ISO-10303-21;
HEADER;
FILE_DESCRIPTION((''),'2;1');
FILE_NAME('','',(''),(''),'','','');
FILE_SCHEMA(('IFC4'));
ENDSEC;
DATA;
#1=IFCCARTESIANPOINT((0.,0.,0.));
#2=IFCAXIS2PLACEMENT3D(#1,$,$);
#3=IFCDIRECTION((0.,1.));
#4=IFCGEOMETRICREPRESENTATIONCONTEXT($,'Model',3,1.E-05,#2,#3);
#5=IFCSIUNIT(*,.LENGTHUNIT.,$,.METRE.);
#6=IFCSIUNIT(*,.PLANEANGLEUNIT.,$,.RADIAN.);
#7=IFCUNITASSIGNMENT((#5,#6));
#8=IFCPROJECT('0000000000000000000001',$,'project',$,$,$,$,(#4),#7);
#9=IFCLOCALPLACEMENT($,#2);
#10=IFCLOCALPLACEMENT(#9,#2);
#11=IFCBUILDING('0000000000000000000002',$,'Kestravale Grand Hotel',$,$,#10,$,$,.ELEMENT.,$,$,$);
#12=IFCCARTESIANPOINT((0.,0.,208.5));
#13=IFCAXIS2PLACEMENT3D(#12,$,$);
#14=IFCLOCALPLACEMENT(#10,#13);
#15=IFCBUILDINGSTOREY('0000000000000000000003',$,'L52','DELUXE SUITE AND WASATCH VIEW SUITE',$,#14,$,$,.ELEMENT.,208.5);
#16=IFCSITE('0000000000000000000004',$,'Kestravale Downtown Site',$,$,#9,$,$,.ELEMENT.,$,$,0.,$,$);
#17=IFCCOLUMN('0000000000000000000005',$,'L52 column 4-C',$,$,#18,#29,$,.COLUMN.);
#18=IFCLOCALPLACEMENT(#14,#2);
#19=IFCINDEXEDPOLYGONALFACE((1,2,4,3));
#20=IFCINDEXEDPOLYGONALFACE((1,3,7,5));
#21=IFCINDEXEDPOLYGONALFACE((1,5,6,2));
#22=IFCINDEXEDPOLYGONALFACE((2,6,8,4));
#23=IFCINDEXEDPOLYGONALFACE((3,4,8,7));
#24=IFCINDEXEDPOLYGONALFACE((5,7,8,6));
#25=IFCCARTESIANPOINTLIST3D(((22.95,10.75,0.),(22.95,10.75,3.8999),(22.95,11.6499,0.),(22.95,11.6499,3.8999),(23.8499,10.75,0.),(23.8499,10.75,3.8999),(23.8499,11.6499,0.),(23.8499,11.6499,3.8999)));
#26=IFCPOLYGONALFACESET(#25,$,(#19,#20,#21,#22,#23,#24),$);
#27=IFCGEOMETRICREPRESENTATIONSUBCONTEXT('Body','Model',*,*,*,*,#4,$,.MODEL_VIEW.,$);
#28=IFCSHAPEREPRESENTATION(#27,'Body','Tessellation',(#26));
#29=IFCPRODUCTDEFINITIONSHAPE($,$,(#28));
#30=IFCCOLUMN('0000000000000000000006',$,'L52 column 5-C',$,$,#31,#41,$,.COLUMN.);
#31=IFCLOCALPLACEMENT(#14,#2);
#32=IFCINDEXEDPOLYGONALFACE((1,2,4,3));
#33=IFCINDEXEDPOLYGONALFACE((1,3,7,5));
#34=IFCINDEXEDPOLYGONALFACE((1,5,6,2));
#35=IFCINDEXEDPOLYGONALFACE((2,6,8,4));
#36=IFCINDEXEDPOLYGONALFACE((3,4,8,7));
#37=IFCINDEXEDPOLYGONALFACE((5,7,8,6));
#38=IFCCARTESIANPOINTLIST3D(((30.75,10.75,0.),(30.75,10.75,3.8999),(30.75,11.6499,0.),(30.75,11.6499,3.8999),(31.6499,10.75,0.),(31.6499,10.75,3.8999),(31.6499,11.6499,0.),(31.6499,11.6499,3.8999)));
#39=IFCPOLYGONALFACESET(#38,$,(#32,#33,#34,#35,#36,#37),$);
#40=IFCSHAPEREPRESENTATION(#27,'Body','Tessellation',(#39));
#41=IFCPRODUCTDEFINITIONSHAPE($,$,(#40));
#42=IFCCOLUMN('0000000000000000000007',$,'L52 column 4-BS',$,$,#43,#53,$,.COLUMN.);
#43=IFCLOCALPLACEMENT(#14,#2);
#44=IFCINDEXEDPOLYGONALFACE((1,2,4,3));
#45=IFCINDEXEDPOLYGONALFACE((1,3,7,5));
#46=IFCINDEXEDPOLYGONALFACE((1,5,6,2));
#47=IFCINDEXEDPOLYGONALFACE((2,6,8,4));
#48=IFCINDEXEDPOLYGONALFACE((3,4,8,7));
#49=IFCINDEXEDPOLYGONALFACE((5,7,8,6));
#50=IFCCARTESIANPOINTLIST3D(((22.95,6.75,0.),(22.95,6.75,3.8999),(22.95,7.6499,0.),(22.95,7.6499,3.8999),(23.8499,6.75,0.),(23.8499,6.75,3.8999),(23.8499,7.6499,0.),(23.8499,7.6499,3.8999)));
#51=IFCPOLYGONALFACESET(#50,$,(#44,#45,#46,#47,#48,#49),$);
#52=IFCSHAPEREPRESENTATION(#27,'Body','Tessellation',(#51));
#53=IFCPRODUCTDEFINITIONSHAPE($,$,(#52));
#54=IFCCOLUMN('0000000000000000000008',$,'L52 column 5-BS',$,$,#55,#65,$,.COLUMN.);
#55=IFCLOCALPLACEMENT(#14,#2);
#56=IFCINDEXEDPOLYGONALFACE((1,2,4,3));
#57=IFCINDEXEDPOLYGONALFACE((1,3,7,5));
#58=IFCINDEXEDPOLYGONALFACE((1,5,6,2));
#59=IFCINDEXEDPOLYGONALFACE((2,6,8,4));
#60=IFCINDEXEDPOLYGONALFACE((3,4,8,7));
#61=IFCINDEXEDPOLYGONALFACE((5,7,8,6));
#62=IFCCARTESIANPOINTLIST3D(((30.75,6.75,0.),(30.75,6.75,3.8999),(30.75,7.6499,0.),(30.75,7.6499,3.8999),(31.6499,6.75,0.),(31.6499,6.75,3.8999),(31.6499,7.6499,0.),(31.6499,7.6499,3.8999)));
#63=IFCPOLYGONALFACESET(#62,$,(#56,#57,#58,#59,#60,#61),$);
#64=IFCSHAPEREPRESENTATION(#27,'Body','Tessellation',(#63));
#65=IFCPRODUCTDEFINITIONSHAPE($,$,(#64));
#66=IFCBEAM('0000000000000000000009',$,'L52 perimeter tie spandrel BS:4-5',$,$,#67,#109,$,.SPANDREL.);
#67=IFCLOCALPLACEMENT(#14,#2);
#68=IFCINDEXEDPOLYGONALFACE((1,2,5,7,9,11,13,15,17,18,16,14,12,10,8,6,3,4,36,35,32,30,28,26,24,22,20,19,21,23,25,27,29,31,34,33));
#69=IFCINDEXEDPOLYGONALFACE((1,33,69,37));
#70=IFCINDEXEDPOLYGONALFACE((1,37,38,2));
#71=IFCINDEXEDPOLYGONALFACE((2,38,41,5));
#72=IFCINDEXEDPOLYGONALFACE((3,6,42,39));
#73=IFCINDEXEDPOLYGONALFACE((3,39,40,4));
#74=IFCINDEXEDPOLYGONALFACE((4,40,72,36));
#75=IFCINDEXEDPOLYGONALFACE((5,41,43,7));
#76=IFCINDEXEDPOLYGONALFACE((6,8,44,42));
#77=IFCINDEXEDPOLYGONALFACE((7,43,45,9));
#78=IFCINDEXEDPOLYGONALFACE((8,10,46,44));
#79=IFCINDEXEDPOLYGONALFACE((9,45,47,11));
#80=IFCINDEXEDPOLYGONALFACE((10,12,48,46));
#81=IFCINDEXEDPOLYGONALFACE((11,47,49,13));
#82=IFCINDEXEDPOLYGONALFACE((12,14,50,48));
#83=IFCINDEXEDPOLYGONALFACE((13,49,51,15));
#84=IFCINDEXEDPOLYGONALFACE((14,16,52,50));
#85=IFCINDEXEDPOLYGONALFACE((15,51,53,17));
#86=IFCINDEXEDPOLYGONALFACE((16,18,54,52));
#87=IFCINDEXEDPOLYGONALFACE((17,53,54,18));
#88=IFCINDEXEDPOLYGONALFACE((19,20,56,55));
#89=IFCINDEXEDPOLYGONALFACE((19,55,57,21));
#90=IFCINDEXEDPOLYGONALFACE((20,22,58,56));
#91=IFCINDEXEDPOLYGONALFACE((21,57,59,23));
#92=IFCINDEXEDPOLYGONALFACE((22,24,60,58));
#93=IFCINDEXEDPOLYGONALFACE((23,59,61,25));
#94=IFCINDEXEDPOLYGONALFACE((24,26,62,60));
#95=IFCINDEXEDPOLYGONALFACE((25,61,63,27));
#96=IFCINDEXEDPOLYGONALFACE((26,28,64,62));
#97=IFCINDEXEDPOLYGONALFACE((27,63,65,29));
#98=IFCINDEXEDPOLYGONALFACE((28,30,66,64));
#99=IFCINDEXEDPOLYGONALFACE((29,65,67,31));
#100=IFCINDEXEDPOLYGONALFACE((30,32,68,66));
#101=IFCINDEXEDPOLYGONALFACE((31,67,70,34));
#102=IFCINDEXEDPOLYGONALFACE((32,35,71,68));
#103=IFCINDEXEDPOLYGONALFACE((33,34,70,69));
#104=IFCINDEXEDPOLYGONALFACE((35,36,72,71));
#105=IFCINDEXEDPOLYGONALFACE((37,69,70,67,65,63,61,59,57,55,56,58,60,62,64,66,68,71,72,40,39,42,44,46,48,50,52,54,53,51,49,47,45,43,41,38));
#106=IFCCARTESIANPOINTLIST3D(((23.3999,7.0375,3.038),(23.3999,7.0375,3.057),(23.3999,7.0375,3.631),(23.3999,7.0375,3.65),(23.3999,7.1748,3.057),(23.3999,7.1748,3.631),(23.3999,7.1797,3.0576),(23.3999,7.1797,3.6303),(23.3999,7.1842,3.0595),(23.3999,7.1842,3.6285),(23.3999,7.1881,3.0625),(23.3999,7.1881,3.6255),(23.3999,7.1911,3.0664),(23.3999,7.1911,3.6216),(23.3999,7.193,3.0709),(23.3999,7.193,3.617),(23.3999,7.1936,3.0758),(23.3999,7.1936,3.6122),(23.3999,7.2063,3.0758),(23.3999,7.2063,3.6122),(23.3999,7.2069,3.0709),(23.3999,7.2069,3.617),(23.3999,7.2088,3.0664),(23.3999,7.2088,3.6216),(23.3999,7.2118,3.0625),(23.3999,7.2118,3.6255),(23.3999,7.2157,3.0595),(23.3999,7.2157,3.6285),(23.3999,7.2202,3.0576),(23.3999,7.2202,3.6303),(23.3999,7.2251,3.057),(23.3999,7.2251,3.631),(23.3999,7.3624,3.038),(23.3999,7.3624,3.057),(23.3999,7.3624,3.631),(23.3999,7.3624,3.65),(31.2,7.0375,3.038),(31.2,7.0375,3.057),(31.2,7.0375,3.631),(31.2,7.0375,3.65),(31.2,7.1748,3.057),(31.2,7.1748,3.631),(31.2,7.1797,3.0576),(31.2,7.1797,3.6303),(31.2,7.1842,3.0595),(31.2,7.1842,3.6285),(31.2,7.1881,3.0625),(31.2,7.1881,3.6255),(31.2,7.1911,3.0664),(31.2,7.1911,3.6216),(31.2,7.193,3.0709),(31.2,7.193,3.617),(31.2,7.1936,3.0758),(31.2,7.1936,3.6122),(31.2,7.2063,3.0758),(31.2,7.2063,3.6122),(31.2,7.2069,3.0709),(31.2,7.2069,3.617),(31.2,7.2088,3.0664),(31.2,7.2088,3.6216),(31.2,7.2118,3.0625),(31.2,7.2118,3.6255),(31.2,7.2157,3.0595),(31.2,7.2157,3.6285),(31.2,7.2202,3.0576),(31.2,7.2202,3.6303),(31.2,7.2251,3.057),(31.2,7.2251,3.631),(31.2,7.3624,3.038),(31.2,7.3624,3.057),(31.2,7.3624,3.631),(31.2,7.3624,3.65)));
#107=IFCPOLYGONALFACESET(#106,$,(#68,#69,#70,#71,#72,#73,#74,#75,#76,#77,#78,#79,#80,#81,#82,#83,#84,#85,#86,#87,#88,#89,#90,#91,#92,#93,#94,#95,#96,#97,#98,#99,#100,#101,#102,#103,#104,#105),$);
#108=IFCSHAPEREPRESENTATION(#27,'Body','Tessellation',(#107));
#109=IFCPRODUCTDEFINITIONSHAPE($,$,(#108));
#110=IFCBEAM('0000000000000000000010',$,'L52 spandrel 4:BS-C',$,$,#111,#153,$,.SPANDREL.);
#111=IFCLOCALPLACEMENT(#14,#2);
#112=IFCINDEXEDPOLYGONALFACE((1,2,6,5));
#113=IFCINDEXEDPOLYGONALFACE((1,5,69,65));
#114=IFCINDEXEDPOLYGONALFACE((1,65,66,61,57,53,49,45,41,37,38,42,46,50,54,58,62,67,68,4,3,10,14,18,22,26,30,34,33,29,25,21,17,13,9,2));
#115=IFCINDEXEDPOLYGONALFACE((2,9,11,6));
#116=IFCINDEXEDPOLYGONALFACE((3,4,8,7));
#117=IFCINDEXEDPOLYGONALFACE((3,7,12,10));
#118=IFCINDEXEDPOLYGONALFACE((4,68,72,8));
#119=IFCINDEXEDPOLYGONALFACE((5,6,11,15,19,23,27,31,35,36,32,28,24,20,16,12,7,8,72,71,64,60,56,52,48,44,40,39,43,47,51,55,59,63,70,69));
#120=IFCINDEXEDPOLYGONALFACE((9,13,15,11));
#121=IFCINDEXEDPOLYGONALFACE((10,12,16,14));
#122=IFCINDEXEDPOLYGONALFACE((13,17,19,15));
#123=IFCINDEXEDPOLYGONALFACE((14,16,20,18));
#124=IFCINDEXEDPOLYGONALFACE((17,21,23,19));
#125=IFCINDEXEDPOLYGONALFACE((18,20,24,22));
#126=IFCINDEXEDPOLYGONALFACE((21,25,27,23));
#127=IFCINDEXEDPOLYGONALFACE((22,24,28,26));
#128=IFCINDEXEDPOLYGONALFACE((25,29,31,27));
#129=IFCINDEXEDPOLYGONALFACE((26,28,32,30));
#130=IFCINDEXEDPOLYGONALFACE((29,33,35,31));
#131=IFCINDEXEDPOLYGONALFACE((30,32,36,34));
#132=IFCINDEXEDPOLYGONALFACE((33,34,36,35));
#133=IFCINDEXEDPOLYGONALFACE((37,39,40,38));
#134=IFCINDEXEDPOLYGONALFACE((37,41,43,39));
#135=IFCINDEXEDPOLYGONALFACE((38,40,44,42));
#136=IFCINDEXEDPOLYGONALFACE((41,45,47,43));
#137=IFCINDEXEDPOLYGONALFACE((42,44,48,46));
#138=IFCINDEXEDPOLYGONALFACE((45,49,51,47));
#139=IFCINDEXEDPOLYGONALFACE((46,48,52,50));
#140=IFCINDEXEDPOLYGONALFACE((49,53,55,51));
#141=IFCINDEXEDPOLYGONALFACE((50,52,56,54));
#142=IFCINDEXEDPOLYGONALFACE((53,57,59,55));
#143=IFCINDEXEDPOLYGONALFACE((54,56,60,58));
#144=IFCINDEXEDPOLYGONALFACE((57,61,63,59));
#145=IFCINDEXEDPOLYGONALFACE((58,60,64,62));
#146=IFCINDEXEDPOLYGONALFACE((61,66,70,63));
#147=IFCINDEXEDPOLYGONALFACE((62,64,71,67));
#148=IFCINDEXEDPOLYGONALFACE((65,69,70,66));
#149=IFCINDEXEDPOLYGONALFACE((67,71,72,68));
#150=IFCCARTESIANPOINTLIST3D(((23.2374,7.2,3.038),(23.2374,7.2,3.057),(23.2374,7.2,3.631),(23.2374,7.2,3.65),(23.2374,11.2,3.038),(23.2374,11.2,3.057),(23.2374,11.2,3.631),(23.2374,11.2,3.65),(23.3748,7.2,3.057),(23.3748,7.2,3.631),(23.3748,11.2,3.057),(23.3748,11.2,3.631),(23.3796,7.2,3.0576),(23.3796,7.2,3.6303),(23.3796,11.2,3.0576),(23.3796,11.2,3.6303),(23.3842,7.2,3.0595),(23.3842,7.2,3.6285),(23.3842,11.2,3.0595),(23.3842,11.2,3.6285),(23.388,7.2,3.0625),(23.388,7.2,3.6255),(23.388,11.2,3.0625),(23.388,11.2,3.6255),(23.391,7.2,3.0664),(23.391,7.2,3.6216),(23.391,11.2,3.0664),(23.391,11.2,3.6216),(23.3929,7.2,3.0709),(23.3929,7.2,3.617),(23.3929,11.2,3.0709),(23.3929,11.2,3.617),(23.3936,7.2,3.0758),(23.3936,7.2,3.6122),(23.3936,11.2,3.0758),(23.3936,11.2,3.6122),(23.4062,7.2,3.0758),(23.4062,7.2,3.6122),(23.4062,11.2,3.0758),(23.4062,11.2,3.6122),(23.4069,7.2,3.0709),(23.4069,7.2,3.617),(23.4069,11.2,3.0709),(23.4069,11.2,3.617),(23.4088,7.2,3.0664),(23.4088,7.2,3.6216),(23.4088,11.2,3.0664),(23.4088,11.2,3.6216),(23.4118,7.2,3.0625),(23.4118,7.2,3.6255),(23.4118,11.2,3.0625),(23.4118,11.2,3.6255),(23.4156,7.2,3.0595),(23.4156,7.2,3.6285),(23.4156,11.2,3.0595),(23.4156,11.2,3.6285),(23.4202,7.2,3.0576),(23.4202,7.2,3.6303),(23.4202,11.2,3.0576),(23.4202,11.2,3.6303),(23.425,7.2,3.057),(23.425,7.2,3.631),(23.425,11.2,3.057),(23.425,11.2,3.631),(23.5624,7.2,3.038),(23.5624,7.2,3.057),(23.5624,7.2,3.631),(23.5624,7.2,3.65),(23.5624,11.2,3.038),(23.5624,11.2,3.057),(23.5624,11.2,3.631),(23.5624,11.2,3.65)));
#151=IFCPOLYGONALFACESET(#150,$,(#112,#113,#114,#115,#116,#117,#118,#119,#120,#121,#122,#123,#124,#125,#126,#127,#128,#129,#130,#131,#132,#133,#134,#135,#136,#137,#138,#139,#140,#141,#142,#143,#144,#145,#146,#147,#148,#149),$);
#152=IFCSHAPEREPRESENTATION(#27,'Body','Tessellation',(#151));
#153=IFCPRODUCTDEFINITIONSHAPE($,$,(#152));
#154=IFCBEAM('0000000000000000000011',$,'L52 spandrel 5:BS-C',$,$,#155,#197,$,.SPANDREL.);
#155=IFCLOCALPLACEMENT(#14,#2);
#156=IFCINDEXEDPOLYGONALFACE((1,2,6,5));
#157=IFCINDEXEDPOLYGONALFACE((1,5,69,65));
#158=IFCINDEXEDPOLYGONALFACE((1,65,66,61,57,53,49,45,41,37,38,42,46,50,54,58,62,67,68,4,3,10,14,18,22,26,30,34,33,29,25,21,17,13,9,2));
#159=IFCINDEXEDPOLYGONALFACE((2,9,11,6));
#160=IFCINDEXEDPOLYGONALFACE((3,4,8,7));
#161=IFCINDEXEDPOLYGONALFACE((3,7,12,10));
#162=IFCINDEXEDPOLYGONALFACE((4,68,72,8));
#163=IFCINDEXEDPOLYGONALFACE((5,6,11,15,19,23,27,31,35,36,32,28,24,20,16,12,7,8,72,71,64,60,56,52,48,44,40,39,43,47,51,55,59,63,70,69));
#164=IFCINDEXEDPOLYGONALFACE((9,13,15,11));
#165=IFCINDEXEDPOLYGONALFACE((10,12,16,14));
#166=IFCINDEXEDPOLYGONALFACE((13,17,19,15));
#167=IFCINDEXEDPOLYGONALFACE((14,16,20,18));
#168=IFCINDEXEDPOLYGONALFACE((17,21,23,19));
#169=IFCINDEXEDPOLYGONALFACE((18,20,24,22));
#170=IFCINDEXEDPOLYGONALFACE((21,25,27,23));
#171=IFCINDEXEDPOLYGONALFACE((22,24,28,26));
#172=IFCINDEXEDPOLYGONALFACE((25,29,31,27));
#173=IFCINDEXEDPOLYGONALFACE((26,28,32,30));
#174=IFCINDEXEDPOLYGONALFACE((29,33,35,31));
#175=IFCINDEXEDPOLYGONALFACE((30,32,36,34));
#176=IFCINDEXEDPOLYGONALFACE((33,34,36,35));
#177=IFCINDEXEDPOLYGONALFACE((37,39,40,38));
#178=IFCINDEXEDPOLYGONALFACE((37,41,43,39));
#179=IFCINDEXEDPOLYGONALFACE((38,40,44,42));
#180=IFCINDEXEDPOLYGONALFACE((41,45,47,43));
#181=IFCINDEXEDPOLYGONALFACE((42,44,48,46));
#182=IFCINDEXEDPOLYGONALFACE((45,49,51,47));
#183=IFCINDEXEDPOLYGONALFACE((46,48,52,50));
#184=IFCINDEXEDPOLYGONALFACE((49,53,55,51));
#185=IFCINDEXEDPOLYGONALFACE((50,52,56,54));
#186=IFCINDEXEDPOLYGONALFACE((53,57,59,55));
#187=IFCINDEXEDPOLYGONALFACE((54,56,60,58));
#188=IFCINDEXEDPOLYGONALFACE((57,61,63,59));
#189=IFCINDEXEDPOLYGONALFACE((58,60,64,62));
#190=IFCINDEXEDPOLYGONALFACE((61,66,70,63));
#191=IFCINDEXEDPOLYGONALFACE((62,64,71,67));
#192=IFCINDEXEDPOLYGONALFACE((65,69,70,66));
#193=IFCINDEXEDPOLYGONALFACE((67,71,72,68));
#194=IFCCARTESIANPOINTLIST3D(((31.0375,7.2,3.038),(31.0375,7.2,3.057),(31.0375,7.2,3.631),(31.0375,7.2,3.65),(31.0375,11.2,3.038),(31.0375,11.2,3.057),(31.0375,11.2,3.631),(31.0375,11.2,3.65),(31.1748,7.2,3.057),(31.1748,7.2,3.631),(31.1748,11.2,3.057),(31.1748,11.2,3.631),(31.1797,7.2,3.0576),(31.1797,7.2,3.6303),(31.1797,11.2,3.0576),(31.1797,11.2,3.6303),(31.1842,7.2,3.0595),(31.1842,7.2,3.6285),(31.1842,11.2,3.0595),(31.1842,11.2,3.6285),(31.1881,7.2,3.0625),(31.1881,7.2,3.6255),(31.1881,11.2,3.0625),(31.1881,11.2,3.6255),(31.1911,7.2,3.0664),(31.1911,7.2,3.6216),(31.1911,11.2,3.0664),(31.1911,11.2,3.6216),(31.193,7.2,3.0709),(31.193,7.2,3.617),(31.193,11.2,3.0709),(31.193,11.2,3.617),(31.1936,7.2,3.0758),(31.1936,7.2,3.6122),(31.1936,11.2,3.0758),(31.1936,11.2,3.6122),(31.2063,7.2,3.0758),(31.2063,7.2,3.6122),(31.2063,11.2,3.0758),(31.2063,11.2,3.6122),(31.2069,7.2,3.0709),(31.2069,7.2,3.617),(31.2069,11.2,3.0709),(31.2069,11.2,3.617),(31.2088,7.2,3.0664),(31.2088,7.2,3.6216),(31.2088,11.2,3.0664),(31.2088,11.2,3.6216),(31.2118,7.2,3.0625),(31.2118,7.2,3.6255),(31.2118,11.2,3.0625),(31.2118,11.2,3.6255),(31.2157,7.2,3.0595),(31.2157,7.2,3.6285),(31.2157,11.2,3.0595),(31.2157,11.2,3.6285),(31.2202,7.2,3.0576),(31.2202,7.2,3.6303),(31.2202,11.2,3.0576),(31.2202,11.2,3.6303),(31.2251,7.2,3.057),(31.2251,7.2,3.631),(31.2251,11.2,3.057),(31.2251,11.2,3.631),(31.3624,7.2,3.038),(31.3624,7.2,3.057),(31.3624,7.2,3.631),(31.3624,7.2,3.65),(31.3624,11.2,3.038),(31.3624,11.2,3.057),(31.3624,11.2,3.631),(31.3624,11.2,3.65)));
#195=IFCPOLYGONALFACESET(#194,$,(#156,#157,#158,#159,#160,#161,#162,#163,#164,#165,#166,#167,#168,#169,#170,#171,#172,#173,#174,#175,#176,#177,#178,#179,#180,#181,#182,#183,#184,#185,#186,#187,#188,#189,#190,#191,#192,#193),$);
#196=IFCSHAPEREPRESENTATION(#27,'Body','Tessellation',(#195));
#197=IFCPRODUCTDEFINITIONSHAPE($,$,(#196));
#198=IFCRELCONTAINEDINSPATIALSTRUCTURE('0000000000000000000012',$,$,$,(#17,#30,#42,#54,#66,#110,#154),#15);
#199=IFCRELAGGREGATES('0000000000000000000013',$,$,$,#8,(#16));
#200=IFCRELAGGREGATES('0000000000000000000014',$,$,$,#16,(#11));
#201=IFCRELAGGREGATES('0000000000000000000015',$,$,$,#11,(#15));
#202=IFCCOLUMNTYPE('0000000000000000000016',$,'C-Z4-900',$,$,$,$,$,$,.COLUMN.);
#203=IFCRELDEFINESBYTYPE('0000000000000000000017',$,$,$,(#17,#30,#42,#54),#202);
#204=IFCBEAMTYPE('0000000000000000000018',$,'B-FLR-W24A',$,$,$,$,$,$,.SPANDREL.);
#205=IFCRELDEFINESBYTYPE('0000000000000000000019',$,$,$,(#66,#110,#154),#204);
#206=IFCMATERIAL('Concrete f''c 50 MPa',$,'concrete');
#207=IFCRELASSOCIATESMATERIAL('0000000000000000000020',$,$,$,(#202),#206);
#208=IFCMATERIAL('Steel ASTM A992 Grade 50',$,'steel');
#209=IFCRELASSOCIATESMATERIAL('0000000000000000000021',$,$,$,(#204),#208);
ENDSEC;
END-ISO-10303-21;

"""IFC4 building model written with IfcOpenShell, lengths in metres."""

from ifc_helpers import new_model, si_unit, direction, frame, origin, origin_2d, place, context, subcontext, project, spatial, rectangle, i_section, extrude, material, material_profile, profile_set, type_object, element, save


model = new_model("IFC4")

# Units and contexts
model_context = context("Model", 3, precision=1e-05, world=origin(), true_north=direction((0.0, 1.0)))
body_context = subcontext(model_context, "Body", "Model", "MODEL_VIEW")
ifc_project = project(units=[si_unit("LENGTHUNIT", "METRE"), si_unit("PLANEANGLEUNIT", "RADIAN")], contexts=[model_context])

# Site, building, storey
site_placement = place(None, origin())
site = spatial("IfcSite", under=ifc_project, at=site_placement, Name="Kestravale Downtown Site", CompositionType="ELEMENT", RefElevation=0.0)
building_placement = place(site_placement, origin())
building = spatial("IfcBuilding", under=site, at=building_placement, Name="Kestravale Grand Hotel", CompositionType="ELEMENT")
storey_placement = place(building_placement, frame((0.0, 0.0, 208.5)))
storey = spatial("IfcBuildingStorey", under=building, at=storey_placement, Name="L52", Description="DELUXE SUITE AND WASATCH VIEW SUITE", CompositionType="ELEMENT", Elevation=208.5)

# Columns
ifc_material_1 = material(Name="Concrete f'c 50 MPa", Category="concrete")
ifc_material_profile_1 = material_profile(ifc_material_1, rectangle(XDim=0.8999, YDim=0.8999, at=origin_2d()))
ifc_profile_set_1 = profile_set([ifc_material_profile_1], Name="Concrete f'c 50 MPa")
column_type = type_object("IfcColumnType", Name="C-Z4-900", PredefinedType="COLUMN", material=ifc_profile_set_1)
for number, where, z_axis, x_axis, name in (
    (1, (23.3999, 11.2, 0.0), (0.0, 0.0, 1.0), (1.0, 0.0, 0.0), "L52 column 4-C"),
    (2, (31.2, 11.2, 0.0), (0.0, 0.0, 1.0), (1.0, 0.0, 0.0), "L52 column 5-C"),
    (3, (23.3999, 7.2, 0.0), (0.0, 0.0, 1.0), (1.0, 0.0, 0.0), "L52 column 4-BS"),
    (4, (31.2, 7.2, 0.0), (0.0, 0.0, 1.0), (1.0, 0.0, 0.0), "L52 column 5-BS"),
):
    element("IfcColumn", number, at=place(storey_placement, frame(where, z_axis=z_axis, x_axis=x_axis)), inside=storey, type_object=column_type, Name=name, PredefinedType="COLUMN", context=body_context, shape_type="SweptSolid", body=[
        extrude(rectangle(XDim=0.8999, YDim=0.8999, at=origin_2d()), origin(), (0.0, 0.0, 1.0), 3.8999),
    ])

# Beams
ifc_material_2 = material(Name="Steel ASTM A992 Grade 50", Category="steel")
ifc_material_profile_2 = material_profile(ifc_material_2, i_section(OverallWidth=0.325, OverallDepth=0.6121, WebThickness=0.0127, FlangeThickness=0.019, FilletRadius=0.0188, at=origin_2d()))
ifc_profile_set_2 = profile_set([ifc_material_profile_2], Name="Steel ASTM A992 Grade 50")
beam_type_1 = type_object("IfcBeamType", Name="B-FLR-W24A", PredefinedType="SPANDREL", material=ifc_profile_set_2)
beam_1_placement = place(storey_placement, frame((23.3999, 7.2, 3.344), z_axis=(1.0, 0.0, 0.0), x_axis=(0.0, 1.0, 0.0)))
element("IfcBeam", 5, at=beam_1_placement, inside=storey, type_object=beam_type_1, Name="L52 perimeter tie spandrel BS:4-5", PredefinedType="SPANDREL", context=body_context, shape_type="SweptSolid", body=[
    extrude(i_section(OverallWidth=0.325, OverallDepth=0.6121, WebThickness=0.0127, FlangeThickness=0.019, FilletRadius=0.0188, at=origin_2d()), origin(), (0.0, 0.0, 1.0), 7.8),
])
for number, where, z_axis, x_axis, name in (
    (6, (23.3999, 7.2, 3.344), (0.0, 1.0, 0.0), (-1.0, 0.0, 0.0), "L52 spandrel 4:BS-C"),
    (7, (31.2, 7.2, 3.344), (0.0, 1.0, 0.0), (-1.0, 0.0, 0.0), "L52 spandrel 5:BS-C"),
):
    element("IfcBeam", number, at=place(storey_placement, frame(where, z_axis=z_axis, x_axis=x_axis)), inside=storey, type_object=beam_type_1, Name=name, PredefinedType="SPANDREL", context=body_context, shape_type="SweptSolid", body=[
        extrude(i_section(OverallWidth=0.325, OverallDepth=0.6121, WebThickness=0.0127, FlangeThickness=0.019, FilletRadius=0.0188, at=origin_2d()), origin(), (0.0, 0.0, 1.0), 4.0),
    ])

save(model, "model.ifc")
